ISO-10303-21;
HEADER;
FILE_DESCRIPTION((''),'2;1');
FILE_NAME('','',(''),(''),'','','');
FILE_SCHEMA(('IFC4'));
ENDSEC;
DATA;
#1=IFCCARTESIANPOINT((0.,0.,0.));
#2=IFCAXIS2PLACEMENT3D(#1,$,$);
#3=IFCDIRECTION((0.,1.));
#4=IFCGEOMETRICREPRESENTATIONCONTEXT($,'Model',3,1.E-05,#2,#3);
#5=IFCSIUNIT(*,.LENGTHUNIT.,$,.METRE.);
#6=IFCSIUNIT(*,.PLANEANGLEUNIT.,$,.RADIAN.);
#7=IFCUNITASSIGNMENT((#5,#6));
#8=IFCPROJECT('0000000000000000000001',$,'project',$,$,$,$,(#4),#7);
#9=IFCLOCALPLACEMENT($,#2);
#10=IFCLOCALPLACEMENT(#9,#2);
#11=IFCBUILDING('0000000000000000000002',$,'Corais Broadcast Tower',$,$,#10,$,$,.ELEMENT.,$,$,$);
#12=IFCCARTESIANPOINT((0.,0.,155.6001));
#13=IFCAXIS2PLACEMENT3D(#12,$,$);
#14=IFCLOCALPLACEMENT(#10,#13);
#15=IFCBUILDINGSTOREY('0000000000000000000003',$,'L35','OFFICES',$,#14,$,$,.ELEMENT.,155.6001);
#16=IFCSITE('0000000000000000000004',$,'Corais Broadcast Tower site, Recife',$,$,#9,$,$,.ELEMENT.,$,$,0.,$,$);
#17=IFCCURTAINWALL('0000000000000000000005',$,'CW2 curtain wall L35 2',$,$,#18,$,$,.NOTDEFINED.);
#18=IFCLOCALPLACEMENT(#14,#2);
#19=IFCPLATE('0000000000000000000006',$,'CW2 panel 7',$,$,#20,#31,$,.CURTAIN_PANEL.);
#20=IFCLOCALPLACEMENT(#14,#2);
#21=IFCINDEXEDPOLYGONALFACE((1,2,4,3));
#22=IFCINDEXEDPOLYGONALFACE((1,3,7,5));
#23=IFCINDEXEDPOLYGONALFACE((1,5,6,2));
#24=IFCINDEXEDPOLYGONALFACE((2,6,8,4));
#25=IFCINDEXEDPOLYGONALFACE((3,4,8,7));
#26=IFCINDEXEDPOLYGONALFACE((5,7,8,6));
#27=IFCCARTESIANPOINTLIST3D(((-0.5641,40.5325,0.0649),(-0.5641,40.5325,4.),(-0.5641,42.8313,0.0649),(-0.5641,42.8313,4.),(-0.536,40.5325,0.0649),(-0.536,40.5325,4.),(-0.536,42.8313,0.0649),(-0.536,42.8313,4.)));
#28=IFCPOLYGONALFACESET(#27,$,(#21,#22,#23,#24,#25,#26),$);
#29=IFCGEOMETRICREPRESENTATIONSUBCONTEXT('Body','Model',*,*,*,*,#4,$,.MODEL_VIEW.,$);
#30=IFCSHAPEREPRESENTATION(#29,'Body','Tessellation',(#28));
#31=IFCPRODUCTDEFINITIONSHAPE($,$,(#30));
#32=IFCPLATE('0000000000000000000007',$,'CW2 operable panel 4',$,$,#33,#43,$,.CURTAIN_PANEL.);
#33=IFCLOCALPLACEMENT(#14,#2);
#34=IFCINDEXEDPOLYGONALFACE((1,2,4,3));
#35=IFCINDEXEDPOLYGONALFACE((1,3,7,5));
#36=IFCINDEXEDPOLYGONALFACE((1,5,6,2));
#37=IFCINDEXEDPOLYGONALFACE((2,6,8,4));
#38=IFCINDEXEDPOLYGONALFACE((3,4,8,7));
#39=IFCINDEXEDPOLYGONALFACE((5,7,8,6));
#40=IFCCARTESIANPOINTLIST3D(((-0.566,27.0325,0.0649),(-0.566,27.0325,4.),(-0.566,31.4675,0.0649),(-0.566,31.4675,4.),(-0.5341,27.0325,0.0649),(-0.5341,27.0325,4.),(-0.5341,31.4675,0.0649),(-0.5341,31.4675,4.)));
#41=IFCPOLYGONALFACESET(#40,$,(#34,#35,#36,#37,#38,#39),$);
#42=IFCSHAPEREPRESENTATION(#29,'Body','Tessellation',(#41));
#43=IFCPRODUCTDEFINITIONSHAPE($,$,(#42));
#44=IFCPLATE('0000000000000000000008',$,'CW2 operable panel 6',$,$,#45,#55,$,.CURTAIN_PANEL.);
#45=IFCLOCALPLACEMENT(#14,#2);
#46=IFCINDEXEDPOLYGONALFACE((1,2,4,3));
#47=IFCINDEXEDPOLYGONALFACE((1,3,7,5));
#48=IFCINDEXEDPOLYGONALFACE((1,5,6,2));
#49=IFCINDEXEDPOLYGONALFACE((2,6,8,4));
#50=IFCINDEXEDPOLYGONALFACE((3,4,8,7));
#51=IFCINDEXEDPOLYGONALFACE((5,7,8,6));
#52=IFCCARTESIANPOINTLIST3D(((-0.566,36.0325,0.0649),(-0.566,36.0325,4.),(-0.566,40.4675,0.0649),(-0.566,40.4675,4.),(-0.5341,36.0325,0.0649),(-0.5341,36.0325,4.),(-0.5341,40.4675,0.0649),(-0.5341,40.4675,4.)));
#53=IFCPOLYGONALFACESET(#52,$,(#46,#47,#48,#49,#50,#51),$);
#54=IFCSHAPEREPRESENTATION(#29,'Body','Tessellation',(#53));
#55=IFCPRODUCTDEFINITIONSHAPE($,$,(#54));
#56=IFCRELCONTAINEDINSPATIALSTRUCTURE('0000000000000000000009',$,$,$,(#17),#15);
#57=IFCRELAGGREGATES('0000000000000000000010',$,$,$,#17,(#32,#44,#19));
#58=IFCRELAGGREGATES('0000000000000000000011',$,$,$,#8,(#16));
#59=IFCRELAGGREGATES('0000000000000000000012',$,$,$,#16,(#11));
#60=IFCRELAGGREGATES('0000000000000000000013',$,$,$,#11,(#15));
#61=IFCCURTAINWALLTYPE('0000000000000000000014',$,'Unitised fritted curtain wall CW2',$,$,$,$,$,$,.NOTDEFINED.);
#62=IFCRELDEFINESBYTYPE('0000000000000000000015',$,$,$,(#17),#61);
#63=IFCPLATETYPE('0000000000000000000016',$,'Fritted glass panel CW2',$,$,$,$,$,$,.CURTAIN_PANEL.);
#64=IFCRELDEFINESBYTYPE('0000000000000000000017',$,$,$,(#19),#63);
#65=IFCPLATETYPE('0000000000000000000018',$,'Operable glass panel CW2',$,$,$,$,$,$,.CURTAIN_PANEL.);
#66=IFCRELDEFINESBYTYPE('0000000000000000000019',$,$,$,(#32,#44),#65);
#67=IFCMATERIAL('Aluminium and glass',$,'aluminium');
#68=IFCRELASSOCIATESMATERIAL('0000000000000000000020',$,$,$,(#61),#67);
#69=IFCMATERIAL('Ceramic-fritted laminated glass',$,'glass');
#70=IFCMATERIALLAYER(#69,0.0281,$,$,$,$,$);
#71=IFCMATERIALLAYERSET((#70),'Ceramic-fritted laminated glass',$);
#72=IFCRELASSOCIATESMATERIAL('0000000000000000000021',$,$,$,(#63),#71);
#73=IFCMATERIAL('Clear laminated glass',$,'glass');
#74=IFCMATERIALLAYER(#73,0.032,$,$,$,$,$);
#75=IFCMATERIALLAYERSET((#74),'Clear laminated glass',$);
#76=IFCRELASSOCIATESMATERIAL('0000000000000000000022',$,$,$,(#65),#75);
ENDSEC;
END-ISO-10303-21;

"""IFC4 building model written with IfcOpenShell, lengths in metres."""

from ifc_helpers import new_model, si_unit, direction, frame, origin, origin_2d, place, context, subcontext, project, spatial, rectangle, extrude, material, layer, layer_set, type_object, element, aggregate, save


model = new_model("IFC4")

# Units and contexts
model_context = context("Model", 3, precision=1e-05, world=origin(), true_north=direction((0.0, 1.0)))
body_context = subcontext(model_context, "Body", "Model", "MODEL_VIEW")
ifc_project = project(units=[si_unit("LENGTHUNIT", "METRE"), si_unit("PLANEANGLEUNIT", "RADIAN")], contexts=[model_context])

# Site, building, storey
site_placement = place(None, origin())
site = spatial("IfcSite", under=ifc_project, at=site_placement, Name="Corais Broadcast Tower site, Recife", CompositionType="ELEMENT", RefElevation=0.0)
building_placement = place(site_placement, origin())
building = spatial("IfcBuilding", under=site, at=building_placement, Name="Corais Broadcast Tower", CompositionType="ELEMENT")
storey_placement = place(building_placement, frame((0.0, 0.0, 155.6001)))
storey = spatial("IfcBuildingStorey", under=building, at=storey_placement, Name="L35", Description="OFFICES", CompositionType="ELEMENT", Elevation=155.6001)

# Curtain wall
ifc_material_1 = material(Name="Aluminium and glass", Category="aluminium")
curtain_wall_type = type_object("IfcCurtainWallType", Name="Unitised fritted curtain wall CW2", PredefinedType="NOTDEFINED", material=ifc_material_1)
curtain_wall_placement = place(storey_placement, origin())
curtain_wall = element("IfcCurtainWall", 1, at=curtain_wall_placement, inside=storey, type_object=curtain_wall_type, Name="CW2 curtain wall L35 2", PredefinedType="NOTDEFINED")

# Plates
ifc_material_2 = material(Name="Ceramic-fritted laminated glass", Category="glass")
ifc_layer_1 = layer(ifc_material_2, 0.0281)
ifc_layer_set_1 = layer_set([ifc_layer_1], Name="Ceramic-fritted laminated glass")
plate_type_1 = type_object("IfcPlateType", Name="Fritted glass panel CW2", PredefinedType="CURTAIN_PANEL", material=ifc_layer_set_1)
plate_1_placement = place(storey_placement, frame((-0.55, 41.6819, 0.0649), z_axis=(0.0, 0.0, 1.0), x_axis=(0.0, 1.0, 0.0)))
plate_1 = element("IfcPlate", 2, at=plate_1_placement, type_object=plate_type_1, Name="CW2 panel 7", PredefinedType="CURTAIN_PANEL", context=body_context, shape_type="SweptSolid", body=[
    extrude(rectangle(XDim=2.2988, YDim=0.0281, at=origin_2d()), origin(), (0.0, 0.0, 1.0), 3.9351),
])
ifc_material_3 = material(Name="Clear laminated glass", Category="glass")
ifc_layer_2 = layer(ifc_material_3, 0.032)
ifc_layer_set_2 = layer_set([ifc_layer_2], Name="Clear laminated glass")
plate_type_2 = type_object("IfcPlateType", Name="Operable glass panel CW2", PredefinedType="CURTAIN_PANEL", material=ifc_layer_set_2)
plate_2_placement = place(storey_placement, frame((-0.55, 29.25, 0.0649), z_axis=(0.0, 0.0, 1.0), x_axis=(0.0, 1.0, 0.0)))
plate_2 = element("IfcPlate", 3, at=plate_2_placement, type_object=plate_type_2, Name="CW2 operable panel 4", PredefinedType="CURTAIN_PANEL", context=body_context, shape_type="SweptSolid", body=[
    extrude(rectangle(XDim=4.4351, YDim=0.032, at=origin_2d()), origin(), (0.0, 0.0, 1.0), 3.9351),
])
plate_3_placement = place(storey_placement, frame((-0.55, 38.25, 0.0649), z_axis=(0.0, 0.0, 1.0), x_axis=(0.0, 1.0, 0.0)))
plate_3 = element("IfcPlate", 4, at=plate_3_placement, type_object=plate_type_2, Name="CW2 operable panel 6", PredefinedType="CURTAIN_PANEL", context=body_context, shape_type="SweptSolid", body=[
    extrude(rectangle(XDim=4.4351, YDim=0.032, at=origin_2d()), origin(), (0.0, 0.0, 1.0), 3.9351),
])
aggregate(curtain_wall, [plate_2, plate_3, plate_1])

save(model, "model.ifc")
